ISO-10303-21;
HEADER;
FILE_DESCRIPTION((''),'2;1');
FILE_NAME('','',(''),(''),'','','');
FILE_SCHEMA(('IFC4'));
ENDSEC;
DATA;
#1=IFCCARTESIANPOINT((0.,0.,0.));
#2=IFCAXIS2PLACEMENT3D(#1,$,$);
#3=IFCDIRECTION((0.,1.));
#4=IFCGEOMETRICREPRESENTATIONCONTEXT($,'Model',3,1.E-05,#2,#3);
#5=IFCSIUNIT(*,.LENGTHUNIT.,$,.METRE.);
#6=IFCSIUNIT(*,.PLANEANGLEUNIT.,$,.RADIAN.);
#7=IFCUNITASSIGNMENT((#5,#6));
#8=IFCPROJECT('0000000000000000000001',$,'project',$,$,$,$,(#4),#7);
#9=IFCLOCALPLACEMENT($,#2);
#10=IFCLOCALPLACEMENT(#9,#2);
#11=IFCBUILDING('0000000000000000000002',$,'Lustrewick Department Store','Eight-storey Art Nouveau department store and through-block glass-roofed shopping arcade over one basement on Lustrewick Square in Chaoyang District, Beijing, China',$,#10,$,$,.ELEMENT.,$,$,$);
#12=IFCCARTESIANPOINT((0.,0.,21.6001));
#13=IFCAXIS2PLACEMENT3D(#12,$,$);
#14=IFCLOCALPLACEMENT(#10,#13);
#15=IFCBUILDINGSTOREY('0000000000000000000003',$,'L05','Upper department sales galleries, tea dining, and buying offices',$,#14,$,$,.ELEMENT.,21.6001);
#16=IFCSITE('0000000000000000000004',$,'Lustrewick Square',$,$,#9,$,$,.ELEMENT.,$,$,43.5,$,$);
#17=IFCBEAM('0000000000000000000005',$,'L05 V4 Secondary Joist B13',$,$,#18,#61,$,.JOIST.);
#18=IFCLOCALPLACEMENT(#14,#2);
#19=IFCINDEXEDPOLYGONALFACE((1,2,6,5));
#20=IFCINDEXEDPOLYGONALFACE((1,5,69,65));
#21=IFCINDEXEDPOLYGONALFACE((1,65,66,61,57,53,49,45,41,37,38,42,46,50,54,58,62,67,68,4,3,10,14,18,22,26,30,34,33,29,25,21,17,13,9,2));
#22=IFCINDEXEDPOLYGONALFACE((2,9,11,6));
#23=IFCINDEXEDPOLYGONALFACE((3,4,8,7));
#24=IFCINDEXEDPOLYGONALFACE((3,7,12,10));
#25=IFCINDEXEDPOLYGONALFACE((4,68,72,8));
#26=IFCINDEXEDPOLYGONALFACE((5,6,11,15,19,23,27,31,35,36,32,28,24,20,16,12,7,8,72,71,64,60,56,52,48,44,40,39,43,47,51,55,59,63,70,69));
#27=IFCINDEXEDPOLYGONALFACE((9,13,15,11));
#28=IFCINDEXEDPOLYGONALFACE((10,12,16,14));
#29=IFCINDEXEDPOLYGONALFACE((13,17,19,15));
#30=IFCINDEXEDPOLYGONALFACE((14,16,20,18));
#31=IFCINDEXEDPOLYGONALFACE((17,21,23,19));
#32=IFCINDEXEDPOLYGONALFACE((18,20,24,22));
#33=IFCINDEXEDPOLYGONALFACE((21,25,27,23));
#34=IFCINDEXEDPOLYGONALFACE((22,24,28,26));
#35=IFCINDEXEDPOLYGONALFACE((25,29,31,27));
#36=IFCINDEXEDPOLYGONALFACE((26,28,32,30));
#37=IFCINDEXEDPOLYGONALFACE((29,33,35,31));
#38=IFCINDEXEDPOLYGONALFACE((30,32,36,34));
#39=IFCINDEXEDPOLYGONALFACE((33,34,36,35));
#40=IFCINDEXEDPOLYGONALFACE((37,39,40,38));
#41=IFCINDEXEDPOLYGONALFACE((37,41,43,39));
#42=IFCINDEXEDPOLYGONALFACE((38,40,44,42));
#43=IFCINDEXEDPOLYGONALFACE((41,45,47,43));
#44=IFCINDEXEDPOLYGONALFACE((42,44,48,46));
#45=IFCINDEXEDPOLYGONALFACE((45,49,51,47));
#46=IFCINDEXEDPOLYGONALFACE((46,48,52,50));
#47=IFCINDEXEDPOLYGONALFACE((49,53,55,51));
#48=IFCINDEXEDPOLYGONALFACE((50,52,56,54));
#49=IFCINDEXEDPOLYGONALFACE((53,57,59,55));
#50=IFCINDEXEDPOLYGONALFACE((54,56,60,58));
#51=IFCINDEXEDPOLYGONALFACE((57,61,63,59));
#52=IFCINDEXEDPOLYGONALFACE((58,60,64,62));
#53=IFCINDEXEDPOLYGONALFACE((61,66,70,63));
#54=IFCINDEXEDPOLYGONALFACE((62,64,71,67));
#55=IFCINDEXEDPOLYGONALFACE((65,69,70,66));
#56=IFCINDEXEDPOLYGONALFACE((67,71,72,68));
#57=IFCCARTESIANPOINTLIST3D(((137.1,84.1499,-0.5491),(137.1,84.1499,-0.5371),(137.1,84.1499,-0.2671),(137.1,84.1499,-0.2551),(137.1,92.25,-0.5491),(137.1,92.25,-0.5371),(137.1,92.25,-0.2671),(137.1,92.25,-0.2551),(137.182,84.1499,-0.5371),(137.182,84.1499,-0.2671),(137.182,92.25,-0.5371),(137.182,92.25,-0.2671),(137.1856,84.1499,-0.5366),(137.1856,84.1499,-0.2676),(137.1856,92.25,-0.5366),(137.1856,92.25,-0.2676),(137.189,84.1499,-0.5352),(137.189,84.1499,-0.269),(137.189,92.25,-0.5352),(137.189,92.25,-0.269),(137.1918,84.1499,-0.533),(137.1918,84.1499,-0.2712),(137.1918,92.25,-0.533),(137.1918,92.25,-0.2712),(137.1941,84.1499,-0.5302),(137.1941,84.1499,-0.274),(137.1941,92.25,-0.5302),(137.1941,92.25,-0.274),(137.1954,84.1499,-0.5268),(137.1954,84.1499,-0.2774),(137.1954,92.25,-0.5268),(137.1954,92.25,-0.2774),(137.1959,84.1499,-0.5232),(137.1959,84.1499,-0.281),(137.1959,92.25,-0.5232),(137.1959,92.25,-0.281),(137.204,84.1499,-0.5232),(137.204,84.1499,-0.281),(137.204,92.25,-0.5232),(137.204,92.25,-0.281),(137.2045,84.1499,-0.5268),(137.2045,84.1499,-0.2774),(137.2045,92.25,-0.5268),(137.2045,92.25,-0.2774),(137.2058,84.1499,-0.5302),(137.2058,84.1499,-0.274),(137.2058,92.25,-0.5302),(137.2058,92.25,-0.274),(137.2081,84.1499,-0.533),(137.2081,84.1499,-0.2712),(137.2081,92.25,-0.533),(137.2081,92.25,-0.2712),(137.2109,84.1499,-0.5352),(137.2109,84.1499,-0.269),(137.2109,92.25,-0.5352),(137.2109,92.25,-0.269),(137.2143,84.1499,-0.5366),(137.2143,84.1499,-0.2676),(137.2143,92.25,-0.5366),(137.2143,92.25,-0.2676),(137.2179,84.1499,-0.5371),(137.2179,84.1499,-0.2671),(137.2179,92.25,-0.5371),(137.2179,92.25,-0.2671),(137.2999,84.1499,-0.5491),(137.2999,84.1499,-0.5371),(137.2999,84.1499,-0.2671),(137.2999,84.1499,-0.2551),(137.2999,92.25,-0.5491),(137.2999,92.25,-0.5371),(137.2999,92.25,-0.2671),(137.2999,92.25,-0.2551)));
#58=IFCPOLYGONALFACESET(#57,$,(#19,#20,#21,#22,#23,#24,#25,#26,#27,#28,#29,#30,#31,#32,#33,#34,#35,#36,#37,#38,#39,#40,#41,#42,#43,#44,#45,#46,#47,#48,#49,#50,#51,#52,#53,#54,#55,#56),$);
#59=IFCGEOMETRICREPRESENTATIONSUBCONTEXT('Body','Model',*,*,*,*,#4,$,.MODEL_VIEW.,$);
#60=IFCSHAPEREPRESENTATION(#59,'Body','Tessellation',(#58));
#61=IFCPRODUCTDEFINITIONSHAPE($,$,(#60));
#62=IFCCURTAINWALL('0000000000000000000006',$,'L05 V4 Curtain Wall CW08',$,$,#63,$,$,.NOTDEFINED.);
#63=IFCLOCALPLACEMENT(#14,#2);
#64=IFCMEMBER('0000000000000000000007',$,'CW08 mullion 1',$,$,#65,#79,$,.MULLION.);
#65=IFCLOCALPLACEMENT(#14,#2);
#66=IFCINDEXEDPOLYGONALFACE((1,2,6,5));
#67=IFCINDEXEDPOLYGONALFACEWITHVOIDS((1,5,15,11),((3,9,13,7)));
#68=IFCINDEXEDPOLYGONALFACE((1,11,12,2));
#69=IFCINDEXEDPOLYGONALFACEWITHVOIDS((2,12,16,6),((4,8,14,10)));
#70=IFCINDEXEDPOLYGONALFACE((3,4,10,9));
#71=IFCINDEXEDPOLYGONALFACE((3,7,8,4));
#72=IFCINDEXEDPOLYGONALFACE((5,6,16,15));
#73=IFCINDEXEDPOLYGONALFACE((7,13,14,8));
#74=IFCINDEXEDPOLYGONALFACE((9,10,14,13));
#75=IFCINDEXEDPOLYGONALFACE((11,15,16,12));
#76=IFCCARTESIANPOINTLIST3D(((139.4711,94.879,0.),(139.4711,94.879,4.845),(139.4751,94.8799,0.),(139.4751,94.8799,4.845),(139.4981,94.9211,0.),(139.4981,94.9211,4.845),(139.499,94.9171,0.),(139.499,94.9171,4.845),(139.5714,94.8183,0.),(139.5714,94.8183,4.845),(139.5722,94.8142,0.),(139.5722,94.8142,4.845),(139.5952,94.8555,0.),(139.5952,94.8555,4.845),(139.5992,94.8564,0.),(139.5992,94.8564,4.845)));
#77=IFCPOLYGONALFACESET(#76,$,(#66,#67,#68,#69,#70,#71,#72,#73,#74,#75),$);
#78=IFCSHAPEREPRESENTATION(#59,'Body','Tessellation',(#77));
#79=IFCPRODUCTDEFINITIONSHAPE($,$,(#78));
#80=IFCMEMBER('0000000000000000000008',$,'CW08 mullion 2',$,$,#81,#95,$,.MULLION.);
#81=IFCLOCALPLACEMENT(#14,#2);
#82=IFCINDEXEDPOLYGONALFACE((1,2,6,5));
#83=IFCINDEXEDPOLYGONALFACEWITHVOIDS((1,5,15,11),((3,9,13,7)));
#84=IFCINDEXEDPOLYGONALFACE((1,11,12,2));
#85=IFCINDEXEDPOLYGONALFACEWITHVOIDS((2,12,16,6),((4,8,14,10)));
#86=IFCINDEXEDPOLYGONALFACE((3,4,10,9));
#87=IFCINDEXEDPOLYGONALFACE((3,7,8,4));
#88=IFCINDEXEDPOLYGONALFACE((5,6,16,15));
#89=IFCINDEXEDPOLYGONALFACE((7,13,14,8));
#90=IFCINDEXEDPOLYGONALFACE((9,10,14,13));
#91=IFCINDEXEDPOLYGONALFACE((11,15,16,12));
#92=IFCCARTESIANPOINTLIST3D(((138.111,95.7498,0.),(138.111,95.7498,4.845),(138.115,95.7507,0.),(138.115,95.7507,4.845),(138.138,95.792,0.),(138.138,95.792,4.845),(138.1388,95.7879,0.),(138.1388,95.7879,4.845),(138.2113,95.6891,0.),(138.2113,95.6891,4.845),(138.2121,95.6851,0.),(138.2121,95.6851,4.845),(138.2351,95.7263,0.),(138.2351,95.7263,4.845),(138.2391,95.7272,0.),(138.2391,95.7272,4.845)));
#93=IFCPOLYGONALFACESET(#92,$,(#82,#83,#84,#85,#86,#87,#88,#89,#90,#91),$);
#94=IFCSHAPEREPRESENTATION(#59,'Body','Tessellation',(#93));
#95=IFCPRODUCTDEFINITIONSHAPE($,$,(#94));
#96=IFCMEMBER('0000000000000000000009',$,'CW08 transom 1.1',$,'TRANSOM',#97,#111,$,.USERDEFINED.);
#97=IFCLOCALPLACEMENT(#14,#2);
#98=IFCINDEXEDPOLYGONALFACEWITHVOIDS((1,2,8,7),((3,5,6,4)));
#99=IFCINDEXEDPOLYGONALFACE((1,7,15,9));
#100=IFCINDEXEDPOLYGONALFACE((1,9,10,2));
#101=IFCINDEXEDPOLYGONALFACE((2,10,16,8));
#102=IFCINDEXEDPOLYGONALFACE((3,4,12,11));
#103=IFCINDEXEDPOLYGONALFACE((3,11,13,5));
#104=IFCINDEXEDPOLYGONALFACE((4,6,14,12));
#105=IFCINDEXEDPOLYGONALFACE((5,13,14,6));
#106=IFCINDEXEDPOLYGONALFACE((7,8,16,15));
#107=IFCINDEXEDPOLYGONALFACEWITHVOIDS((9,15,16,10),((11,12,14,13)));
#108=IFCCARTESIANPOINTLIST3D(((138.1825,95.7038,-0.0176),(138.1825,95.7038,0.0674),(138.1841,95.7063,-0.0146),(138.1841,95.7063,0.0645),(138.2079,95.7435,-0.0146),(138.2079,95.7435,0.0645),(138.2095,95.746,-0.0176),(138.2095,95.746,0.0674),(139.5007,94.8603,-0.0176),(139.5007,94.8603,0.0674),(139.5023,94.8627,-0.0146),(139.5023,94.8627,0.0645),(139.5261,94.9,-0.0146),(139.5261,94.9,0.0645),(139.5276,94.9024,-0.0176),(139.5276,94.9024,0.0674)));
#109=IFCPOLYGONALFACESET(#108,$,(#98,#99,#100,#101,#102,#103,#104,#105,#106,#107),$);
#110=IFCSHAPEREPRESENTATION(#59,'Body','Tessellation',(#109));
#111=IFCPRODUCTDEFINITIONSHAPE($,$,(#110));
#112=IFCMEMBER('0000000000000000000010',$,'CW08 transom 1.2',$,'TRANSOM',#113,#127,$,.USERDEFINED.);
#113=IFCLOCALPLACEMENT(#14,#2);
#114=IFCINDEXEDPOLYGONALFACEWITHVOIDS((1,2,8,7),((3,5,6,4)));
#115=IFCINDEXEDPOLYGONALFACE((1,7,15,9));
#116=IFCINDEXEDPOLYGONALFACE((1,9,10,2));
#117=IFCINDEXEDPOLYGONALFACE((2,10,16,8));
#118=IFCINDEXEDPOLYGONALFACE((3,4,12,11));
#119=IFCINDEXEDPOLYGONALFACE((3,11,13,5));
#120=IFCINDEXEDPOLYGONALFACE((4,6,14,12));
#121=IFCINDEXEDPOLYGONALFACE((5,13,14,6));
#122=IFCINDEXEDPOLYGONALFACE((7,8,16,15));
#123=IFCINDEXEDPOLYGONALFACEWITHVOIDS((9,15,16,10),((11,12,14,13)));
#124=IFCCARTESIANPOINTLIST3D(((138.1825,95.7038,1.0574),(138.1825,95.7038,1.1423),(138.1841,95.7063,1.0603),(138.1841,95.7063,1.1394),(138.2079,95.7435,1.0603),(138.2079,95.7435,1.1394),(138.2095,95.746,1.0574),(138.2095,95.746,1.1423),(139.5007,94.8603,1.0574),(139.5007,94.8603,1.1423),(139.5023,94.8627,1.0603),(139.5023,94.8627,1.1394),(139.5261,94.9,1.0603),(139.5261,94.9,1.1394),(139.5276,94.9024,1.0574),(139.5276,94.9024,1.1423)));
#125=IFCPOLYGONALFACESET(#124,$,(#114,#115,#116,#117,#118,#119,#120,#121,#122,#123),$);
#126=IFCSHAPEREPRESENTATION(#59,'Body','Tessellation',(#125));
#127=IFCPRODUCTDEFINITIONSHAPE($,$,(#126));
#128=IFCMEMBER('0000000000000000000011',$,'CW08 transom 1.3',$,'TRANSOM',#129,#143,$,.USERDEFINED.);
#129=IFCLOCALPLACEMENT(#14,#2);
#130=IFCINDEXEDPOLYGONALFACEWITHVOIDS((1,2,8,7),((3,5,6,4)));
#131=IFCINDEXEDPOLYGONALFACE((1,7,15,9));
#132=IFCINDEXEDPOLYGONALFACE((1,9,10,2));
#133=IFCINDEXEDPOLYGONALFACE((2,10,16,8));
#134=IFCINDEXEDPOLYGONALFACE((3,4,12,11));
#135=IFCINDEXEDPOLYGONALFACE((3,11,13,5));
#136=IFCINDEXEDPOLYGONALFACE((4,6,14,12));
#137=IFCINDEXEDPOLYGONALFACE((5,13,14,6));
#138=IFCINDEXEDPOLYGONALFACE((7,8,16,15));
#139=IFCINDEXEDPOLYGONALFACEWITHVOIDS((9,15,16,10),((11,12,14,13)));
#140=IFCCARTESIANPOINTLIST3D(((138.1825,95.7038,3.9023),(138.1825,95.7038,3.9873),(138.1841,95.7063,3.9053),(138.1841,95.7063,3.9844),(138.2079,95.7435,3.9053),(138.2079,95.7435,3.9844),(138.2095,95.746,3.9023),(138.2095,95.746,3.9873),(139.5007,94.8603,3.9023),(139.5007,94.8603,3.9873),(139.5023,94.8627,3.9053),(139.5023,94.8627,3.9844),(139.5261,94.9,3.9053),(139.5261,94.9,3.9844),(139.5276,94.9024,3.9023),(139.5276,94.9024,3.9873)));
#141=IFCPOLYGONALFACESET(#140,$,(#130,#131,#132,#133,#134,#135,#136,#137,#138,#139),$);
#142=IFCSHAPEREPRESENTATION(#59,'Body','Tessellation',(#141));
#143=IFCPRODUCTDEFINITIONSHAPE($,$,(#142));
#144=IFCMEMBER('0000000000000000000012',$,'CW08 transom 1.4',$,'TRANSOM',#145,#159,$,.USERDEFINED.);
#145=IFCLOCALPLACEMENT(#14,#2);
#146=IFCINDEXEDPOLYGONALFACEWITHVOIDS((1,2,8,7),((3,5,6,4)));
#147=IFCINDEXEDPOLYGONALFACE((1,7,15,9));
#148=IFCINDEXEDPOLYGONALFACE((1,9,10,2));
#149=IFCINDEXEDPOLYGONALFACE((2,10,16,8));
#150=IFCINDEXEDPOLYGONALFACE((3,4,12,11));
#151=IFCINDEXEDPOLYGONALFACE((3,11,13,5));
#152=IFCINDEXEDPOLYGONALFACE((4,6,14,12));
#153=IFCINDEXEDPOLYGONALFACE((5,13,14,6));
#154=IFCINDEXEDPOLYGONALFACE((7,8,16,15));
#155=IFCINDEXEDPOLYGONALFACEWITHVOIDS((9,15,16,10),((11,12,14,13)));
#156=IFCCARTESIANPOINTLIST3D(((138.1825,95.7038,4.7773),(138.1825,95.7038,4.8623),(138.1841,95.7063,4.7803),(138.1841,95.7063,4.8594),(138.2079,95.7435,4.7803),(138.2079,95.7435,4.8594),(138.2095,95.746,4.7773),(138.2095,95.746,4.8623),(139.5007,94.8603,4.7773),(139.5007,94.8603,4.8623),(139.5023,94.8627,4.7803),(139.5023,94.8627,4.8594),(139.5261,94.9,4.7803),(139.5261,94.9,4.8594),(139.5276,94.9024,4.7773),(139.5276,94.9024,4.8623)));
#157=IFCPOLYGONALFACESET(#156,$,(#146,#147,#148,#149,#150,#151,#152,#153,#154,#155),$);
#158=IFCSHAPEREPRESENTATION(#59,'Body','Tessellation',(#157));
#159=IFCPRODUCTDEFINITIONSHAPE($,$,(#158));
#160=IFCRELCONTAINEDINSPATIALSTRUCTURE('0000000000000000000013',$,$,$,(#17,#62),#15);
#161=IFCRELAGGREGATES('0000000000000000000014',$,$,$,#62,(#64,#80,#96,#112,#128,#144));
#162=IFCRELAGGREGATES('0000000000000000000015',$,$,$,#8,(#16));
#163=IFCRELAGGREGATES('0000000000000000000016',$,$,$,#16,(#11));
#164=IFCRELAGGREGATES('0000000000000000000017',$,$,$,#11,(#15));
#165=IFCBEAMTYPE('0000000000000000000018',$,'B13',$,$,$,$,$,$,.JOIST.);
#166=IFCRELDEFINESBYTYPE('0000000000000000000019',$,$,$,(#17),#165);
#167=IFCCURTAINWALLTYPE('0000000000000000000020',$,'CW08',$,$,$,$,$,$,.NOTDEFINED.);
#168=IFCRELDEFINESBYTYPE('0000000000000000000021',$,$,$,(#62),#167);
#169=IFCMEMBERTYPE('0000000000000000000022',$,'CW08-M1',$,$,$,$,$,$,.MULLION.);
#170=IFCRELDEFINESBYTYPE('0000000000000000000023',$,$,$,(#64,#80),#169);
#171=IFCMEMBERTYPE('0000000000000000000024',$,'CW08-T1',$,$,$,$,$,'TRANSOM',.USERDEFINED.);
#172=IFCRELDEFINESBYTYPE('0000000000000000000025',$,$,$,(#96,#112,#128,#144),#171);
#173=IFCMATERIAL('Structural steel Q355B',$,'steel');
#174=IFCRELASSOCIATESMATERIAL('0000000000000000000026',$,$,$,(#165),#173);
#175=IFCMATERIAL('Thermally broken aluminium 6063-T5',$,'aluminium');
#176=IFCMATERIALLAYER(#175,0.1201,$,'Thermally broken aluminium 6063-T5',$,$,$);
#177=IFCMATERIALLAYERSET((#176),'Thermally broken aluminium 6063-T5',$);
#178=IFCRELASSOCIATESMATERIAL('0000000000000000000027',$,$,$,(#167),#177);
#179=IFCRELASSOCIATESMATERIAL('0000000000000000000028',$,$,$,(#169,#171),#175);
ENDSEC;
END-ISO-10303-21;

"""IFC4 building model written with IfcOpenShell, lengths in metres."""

from ifc_helpers import new_model, si_unit, direction, frame, origin, origin_2d, place, context, subcontext, project, spatial, hollow_rectangle, i_section, extrude, material, layer, layer_set, material_profile, profile_set, type_object, element, aggregate, save


model = new_model("IFC4")

# Units and contexts
model_context = context("Model", 3, precision=1e-05, world=origin(), true_north=direction((0.0, 1.0)))
body_context = subcontext(model_context, "Body", "Model", "MODEL_VIEW")
ifc_project = project(units=[si_unit("LENGTHUNIT", "METRE"), si_unit("PLANEANGLEUNIT", "RADIAN")], contexts=[model_context])

# Site, building, storey
site_placement = place(None, origin())
site = spatial("IfcSite", under=ifc_project, at=site_placement, Name="Lustrewick Square", CompositionType="ELEMENT", RefElevation=43.5)
building_placement = place(site_placement, origin())
building = spatial("IfcBuilding", under=site, at=building_placement, Name="Lustrewick Department Store", Description="Eight-storey Art Nouveau department store and through-block glass-roofed shopping arcade over one basement on Lustrewick Square in Chaoyang District, Beijing, China", CompositionType="ELEMENT")
storey_placement = place(building_placement, frame((0.0, 0.0, 21.6001)))
storey = spatial("IfcBuildingStorey", under=building, at=storey_placement, Name="L05", Description="Upper department sales galleries, tea dining, and buying offices", CompositionType="ELEMENT", Elevation=21.6001)

# Shared definitions
ifc_material_1 = material(Name="Structural steel Q355B", Category="steel")

# Beam
ifc_material_profile_1 = material_profile(ifc_material_1, i_section(OverallWidth=0.2, OverallDepth=0.2939, WebThickness=0.0081, FlangeThickness=0.012, FilletRadius=0.0139, at=origin_2d()), Name="HM 294x200x8x12")
ifc_profile_set_1 = profile_set([ifc_material_profile_1], Name="Structural steel Q355B")
beam_type_1 = type_object("IfcBeamType", Name="B13", PredefinedType="JOIST", material=ifc_profile_set_1)
beam_1_placement = place(storey_placement, frame((137.2, 84.1499, -0.4021), z_axis=(0.0, 1.0, 0.0), x_axis=(-1.0, 0.0, 0.0)))
element("IfcBeam", 1, at=beam_1_placement, inside=storey, type_object=beam_type_1, Name="L05 V4 Secondary Joist B13", PredefinedType="JOIST", context=body_context, shape_type="SweptSolid", body=[
    extrude(i_section(OverallWidth=0.2, OverallDepth=0.2939, WebThickness=0.0081, FlangeThickness=0.012, FilletRadius=0.0139, at=origin_2d()), origin(), (0.0, 0.0, 1.0), 8.1001),
])

# Curtain wall, members
ifc_material_2 = material(Name="Thermally broken aluminium 6063-T5", Category="aluminium")
ifc_layer_1 = layer(ifc_material_2, 0.1201, Name="Thermally broken aluminium 6063-T5")
ifc_layer_set_1 = layer_set([ifc_layer_1], Name="Thermally broken aluminium 6063-T5")
curtain_wall_type = type_object("IfcCurtainWallType", Name="CW08", PredefinedType="NOTDEFINED", material=ifc_layer_set_1)
curtain_wall_placement = place(storey_placement, origin())
curtain_wall = element("IfcCurtainWall", 2, at=curtain_wall_placement, inside=storey, type_object=curtain_wall_type, Name="L05 V4 Curtain Wall CW08", PredefinedType="NOTDEFINED")
ifc_material_profile_2 = material_profile(ifc_material_2, hollow_rectangle(XDim=0.05, YDim=0.1201, WallThickness=0.0029, at=origin_2d()), Name="ALU-M 50x120x3")
ifc_profile_set_2 = profile_set([ifc_material_profile_2], Name="Thermally broken aluminium 6063-T5")
member_type_1 = type_object("IfcMemberType", Name="CW08-M1", PredefinedType="MULLION", material=ifc_profile_set_2)
member_1_placement = place(storey_placement, frame((139.5352, 94.8677, 0.0), z_axis=(0.0, 0.0, 1.0), x_axis=(-0.539108, -0.842236, 0.0)))
member_1 = element("IfcMember", 3, at=member_1_placement, type_object=member_type_1, Name="CW08 mullion 1", PredefinedType="MULLION", context=body_context, shape_type="SweptSolid", body=[
    extrude(hollow_rectangle(XDim=0.05, YDim=0.1201, WallThickness=0.0029, at=origin_2d()), origin(), (0.0, 0.0, 1.0), 4.845),
])
member_2_placement = place(storey_placement, frame((138.175, 95.7385, 0.0), z_axis=(0.0, 0.0, 1.0), x_axis=(-0.539108, -0.842236, 0.0)))
member_2 = element("IfcMember", 4, at=member_2_placement, type_object=member_type_1, Name="CW08 mullion 2", PredefinedType="MULLION", context=body_context, shape_type="SweptSolid", body=[
    extrude(hollow_rectangle(XDim=0.05, YDim=0.1201, WallThickness=0.0029, at=origin_2d()), origin(), (0.0, 0.0, 1.0), 4.845),
])
ifc_material_profile_3 = material_profile(ifc_material_2, hollow_rectangle(XDim=0.05, YDim=0.085, WallThickness=0.0029, at=origin_2d()), Name="ALU-T 50x85x3")
ifc_profile_set_3 = profile_set([ifc_material_profile_3], Name="Thermally broken aluminium 6063-T5")
member_type_2 = type_object("IfcMemberType", Name="CW08-T1", ElementType="TRANSOM", PredefinedType="USERDEFINED", material=ifc_profile_set_3)
member_3_placement = place(storey_placement, frame((139.5142, 94.8813, 0.0249), z_axis=(-0.842297, 0.539014, 0.0), x_axis=(-0.539014, -0.842297, 0.0)))
member_3 = element("IfcMember", 5, at=member_3_placement, type_object=member_type_2, Name="CW08 transom 1.1", ObjectType="TRANSOM", PredefinedType="USERDEFINED", context=body_context, shape_type="SweptSolid", body=[
    extrude(hollow_rectangle(XDim=0.05, YDim=0.085, WallThickness=0.0029, at=origin_2d()), origin(), (0.0, 0.0, 1.0), 1.5649),
])
member_4_placement = place(storey_placement, frame((139.5142, 94.8813, 1.0999), z_axis=(-0.842297, 0.539014, 0.0), x_axis=(-0.539014, -0.842297, 0.0)))
member_4 = element("IfcMember", 6, at=member_4_placement, type_object=member_type_2, Name="CW08 transom 1.2", ObjectType="TRANSOM", PredefinedType="USERDEFINED", context=body_context, shape_type="SweptSolid", body=[
    extrude(hollow_rectangle(XDim=0.05, YDim=0.085, WallThickness=0.0029, at=origin_2d()), origin(), (0.0, 0.0, 1.0), 1.5649),
])
member_5_placement = place(storey_placement, frame((139.5142, 94.8813, 3.9448), z_axis=(-0.842297, 0.539014, 0.0), x_axis=(-0.539014, -0.842297, 0.0)))
member_5 = element("IfcMember", 7, at=member_5_placement, type_object=member_type_2, Name="CW08 transom 1.3", ObjectType="TRANSOM", PredefinedType="USERDEFINED", context=body_context, shape_type="SweptSolid", body=[
    extrude(hollow_rectangle(XDim=0.05, YDim=0.085, WallThickness=0.0029, at=origin_2d()), origin(), (0.0, 0.0, 1.0), 1.5649),
])
member_6_placement = place(storey_placement, frame((139.5142, 94.8813, 4.8198), z_axis=(-0.842297, 0.539014, 0.0), x_axis=(-0.539014, -0.842297, 0.0)))
member_6 = element("IfcMember", 8, at=member_6_placement, type_object=member_type_2, Name="CW08 transom 1.4", ObjectType="TRANSOM", PredefinedType="USERDEFINED", context=body_context, shape_type="SweptSolid", body=[
    extrude(hollow_rectangle(XDim=0.05, YDim=0.085, WallThickness=0.0029, at=origin_2d()), origin(), (0.0, 0.0, 1.0), 1.5649),
])

aggregate(curtain_wall, [member_1, member_2, member_3, member_4, member_5, member_6])

save(model, "model.ifc")
